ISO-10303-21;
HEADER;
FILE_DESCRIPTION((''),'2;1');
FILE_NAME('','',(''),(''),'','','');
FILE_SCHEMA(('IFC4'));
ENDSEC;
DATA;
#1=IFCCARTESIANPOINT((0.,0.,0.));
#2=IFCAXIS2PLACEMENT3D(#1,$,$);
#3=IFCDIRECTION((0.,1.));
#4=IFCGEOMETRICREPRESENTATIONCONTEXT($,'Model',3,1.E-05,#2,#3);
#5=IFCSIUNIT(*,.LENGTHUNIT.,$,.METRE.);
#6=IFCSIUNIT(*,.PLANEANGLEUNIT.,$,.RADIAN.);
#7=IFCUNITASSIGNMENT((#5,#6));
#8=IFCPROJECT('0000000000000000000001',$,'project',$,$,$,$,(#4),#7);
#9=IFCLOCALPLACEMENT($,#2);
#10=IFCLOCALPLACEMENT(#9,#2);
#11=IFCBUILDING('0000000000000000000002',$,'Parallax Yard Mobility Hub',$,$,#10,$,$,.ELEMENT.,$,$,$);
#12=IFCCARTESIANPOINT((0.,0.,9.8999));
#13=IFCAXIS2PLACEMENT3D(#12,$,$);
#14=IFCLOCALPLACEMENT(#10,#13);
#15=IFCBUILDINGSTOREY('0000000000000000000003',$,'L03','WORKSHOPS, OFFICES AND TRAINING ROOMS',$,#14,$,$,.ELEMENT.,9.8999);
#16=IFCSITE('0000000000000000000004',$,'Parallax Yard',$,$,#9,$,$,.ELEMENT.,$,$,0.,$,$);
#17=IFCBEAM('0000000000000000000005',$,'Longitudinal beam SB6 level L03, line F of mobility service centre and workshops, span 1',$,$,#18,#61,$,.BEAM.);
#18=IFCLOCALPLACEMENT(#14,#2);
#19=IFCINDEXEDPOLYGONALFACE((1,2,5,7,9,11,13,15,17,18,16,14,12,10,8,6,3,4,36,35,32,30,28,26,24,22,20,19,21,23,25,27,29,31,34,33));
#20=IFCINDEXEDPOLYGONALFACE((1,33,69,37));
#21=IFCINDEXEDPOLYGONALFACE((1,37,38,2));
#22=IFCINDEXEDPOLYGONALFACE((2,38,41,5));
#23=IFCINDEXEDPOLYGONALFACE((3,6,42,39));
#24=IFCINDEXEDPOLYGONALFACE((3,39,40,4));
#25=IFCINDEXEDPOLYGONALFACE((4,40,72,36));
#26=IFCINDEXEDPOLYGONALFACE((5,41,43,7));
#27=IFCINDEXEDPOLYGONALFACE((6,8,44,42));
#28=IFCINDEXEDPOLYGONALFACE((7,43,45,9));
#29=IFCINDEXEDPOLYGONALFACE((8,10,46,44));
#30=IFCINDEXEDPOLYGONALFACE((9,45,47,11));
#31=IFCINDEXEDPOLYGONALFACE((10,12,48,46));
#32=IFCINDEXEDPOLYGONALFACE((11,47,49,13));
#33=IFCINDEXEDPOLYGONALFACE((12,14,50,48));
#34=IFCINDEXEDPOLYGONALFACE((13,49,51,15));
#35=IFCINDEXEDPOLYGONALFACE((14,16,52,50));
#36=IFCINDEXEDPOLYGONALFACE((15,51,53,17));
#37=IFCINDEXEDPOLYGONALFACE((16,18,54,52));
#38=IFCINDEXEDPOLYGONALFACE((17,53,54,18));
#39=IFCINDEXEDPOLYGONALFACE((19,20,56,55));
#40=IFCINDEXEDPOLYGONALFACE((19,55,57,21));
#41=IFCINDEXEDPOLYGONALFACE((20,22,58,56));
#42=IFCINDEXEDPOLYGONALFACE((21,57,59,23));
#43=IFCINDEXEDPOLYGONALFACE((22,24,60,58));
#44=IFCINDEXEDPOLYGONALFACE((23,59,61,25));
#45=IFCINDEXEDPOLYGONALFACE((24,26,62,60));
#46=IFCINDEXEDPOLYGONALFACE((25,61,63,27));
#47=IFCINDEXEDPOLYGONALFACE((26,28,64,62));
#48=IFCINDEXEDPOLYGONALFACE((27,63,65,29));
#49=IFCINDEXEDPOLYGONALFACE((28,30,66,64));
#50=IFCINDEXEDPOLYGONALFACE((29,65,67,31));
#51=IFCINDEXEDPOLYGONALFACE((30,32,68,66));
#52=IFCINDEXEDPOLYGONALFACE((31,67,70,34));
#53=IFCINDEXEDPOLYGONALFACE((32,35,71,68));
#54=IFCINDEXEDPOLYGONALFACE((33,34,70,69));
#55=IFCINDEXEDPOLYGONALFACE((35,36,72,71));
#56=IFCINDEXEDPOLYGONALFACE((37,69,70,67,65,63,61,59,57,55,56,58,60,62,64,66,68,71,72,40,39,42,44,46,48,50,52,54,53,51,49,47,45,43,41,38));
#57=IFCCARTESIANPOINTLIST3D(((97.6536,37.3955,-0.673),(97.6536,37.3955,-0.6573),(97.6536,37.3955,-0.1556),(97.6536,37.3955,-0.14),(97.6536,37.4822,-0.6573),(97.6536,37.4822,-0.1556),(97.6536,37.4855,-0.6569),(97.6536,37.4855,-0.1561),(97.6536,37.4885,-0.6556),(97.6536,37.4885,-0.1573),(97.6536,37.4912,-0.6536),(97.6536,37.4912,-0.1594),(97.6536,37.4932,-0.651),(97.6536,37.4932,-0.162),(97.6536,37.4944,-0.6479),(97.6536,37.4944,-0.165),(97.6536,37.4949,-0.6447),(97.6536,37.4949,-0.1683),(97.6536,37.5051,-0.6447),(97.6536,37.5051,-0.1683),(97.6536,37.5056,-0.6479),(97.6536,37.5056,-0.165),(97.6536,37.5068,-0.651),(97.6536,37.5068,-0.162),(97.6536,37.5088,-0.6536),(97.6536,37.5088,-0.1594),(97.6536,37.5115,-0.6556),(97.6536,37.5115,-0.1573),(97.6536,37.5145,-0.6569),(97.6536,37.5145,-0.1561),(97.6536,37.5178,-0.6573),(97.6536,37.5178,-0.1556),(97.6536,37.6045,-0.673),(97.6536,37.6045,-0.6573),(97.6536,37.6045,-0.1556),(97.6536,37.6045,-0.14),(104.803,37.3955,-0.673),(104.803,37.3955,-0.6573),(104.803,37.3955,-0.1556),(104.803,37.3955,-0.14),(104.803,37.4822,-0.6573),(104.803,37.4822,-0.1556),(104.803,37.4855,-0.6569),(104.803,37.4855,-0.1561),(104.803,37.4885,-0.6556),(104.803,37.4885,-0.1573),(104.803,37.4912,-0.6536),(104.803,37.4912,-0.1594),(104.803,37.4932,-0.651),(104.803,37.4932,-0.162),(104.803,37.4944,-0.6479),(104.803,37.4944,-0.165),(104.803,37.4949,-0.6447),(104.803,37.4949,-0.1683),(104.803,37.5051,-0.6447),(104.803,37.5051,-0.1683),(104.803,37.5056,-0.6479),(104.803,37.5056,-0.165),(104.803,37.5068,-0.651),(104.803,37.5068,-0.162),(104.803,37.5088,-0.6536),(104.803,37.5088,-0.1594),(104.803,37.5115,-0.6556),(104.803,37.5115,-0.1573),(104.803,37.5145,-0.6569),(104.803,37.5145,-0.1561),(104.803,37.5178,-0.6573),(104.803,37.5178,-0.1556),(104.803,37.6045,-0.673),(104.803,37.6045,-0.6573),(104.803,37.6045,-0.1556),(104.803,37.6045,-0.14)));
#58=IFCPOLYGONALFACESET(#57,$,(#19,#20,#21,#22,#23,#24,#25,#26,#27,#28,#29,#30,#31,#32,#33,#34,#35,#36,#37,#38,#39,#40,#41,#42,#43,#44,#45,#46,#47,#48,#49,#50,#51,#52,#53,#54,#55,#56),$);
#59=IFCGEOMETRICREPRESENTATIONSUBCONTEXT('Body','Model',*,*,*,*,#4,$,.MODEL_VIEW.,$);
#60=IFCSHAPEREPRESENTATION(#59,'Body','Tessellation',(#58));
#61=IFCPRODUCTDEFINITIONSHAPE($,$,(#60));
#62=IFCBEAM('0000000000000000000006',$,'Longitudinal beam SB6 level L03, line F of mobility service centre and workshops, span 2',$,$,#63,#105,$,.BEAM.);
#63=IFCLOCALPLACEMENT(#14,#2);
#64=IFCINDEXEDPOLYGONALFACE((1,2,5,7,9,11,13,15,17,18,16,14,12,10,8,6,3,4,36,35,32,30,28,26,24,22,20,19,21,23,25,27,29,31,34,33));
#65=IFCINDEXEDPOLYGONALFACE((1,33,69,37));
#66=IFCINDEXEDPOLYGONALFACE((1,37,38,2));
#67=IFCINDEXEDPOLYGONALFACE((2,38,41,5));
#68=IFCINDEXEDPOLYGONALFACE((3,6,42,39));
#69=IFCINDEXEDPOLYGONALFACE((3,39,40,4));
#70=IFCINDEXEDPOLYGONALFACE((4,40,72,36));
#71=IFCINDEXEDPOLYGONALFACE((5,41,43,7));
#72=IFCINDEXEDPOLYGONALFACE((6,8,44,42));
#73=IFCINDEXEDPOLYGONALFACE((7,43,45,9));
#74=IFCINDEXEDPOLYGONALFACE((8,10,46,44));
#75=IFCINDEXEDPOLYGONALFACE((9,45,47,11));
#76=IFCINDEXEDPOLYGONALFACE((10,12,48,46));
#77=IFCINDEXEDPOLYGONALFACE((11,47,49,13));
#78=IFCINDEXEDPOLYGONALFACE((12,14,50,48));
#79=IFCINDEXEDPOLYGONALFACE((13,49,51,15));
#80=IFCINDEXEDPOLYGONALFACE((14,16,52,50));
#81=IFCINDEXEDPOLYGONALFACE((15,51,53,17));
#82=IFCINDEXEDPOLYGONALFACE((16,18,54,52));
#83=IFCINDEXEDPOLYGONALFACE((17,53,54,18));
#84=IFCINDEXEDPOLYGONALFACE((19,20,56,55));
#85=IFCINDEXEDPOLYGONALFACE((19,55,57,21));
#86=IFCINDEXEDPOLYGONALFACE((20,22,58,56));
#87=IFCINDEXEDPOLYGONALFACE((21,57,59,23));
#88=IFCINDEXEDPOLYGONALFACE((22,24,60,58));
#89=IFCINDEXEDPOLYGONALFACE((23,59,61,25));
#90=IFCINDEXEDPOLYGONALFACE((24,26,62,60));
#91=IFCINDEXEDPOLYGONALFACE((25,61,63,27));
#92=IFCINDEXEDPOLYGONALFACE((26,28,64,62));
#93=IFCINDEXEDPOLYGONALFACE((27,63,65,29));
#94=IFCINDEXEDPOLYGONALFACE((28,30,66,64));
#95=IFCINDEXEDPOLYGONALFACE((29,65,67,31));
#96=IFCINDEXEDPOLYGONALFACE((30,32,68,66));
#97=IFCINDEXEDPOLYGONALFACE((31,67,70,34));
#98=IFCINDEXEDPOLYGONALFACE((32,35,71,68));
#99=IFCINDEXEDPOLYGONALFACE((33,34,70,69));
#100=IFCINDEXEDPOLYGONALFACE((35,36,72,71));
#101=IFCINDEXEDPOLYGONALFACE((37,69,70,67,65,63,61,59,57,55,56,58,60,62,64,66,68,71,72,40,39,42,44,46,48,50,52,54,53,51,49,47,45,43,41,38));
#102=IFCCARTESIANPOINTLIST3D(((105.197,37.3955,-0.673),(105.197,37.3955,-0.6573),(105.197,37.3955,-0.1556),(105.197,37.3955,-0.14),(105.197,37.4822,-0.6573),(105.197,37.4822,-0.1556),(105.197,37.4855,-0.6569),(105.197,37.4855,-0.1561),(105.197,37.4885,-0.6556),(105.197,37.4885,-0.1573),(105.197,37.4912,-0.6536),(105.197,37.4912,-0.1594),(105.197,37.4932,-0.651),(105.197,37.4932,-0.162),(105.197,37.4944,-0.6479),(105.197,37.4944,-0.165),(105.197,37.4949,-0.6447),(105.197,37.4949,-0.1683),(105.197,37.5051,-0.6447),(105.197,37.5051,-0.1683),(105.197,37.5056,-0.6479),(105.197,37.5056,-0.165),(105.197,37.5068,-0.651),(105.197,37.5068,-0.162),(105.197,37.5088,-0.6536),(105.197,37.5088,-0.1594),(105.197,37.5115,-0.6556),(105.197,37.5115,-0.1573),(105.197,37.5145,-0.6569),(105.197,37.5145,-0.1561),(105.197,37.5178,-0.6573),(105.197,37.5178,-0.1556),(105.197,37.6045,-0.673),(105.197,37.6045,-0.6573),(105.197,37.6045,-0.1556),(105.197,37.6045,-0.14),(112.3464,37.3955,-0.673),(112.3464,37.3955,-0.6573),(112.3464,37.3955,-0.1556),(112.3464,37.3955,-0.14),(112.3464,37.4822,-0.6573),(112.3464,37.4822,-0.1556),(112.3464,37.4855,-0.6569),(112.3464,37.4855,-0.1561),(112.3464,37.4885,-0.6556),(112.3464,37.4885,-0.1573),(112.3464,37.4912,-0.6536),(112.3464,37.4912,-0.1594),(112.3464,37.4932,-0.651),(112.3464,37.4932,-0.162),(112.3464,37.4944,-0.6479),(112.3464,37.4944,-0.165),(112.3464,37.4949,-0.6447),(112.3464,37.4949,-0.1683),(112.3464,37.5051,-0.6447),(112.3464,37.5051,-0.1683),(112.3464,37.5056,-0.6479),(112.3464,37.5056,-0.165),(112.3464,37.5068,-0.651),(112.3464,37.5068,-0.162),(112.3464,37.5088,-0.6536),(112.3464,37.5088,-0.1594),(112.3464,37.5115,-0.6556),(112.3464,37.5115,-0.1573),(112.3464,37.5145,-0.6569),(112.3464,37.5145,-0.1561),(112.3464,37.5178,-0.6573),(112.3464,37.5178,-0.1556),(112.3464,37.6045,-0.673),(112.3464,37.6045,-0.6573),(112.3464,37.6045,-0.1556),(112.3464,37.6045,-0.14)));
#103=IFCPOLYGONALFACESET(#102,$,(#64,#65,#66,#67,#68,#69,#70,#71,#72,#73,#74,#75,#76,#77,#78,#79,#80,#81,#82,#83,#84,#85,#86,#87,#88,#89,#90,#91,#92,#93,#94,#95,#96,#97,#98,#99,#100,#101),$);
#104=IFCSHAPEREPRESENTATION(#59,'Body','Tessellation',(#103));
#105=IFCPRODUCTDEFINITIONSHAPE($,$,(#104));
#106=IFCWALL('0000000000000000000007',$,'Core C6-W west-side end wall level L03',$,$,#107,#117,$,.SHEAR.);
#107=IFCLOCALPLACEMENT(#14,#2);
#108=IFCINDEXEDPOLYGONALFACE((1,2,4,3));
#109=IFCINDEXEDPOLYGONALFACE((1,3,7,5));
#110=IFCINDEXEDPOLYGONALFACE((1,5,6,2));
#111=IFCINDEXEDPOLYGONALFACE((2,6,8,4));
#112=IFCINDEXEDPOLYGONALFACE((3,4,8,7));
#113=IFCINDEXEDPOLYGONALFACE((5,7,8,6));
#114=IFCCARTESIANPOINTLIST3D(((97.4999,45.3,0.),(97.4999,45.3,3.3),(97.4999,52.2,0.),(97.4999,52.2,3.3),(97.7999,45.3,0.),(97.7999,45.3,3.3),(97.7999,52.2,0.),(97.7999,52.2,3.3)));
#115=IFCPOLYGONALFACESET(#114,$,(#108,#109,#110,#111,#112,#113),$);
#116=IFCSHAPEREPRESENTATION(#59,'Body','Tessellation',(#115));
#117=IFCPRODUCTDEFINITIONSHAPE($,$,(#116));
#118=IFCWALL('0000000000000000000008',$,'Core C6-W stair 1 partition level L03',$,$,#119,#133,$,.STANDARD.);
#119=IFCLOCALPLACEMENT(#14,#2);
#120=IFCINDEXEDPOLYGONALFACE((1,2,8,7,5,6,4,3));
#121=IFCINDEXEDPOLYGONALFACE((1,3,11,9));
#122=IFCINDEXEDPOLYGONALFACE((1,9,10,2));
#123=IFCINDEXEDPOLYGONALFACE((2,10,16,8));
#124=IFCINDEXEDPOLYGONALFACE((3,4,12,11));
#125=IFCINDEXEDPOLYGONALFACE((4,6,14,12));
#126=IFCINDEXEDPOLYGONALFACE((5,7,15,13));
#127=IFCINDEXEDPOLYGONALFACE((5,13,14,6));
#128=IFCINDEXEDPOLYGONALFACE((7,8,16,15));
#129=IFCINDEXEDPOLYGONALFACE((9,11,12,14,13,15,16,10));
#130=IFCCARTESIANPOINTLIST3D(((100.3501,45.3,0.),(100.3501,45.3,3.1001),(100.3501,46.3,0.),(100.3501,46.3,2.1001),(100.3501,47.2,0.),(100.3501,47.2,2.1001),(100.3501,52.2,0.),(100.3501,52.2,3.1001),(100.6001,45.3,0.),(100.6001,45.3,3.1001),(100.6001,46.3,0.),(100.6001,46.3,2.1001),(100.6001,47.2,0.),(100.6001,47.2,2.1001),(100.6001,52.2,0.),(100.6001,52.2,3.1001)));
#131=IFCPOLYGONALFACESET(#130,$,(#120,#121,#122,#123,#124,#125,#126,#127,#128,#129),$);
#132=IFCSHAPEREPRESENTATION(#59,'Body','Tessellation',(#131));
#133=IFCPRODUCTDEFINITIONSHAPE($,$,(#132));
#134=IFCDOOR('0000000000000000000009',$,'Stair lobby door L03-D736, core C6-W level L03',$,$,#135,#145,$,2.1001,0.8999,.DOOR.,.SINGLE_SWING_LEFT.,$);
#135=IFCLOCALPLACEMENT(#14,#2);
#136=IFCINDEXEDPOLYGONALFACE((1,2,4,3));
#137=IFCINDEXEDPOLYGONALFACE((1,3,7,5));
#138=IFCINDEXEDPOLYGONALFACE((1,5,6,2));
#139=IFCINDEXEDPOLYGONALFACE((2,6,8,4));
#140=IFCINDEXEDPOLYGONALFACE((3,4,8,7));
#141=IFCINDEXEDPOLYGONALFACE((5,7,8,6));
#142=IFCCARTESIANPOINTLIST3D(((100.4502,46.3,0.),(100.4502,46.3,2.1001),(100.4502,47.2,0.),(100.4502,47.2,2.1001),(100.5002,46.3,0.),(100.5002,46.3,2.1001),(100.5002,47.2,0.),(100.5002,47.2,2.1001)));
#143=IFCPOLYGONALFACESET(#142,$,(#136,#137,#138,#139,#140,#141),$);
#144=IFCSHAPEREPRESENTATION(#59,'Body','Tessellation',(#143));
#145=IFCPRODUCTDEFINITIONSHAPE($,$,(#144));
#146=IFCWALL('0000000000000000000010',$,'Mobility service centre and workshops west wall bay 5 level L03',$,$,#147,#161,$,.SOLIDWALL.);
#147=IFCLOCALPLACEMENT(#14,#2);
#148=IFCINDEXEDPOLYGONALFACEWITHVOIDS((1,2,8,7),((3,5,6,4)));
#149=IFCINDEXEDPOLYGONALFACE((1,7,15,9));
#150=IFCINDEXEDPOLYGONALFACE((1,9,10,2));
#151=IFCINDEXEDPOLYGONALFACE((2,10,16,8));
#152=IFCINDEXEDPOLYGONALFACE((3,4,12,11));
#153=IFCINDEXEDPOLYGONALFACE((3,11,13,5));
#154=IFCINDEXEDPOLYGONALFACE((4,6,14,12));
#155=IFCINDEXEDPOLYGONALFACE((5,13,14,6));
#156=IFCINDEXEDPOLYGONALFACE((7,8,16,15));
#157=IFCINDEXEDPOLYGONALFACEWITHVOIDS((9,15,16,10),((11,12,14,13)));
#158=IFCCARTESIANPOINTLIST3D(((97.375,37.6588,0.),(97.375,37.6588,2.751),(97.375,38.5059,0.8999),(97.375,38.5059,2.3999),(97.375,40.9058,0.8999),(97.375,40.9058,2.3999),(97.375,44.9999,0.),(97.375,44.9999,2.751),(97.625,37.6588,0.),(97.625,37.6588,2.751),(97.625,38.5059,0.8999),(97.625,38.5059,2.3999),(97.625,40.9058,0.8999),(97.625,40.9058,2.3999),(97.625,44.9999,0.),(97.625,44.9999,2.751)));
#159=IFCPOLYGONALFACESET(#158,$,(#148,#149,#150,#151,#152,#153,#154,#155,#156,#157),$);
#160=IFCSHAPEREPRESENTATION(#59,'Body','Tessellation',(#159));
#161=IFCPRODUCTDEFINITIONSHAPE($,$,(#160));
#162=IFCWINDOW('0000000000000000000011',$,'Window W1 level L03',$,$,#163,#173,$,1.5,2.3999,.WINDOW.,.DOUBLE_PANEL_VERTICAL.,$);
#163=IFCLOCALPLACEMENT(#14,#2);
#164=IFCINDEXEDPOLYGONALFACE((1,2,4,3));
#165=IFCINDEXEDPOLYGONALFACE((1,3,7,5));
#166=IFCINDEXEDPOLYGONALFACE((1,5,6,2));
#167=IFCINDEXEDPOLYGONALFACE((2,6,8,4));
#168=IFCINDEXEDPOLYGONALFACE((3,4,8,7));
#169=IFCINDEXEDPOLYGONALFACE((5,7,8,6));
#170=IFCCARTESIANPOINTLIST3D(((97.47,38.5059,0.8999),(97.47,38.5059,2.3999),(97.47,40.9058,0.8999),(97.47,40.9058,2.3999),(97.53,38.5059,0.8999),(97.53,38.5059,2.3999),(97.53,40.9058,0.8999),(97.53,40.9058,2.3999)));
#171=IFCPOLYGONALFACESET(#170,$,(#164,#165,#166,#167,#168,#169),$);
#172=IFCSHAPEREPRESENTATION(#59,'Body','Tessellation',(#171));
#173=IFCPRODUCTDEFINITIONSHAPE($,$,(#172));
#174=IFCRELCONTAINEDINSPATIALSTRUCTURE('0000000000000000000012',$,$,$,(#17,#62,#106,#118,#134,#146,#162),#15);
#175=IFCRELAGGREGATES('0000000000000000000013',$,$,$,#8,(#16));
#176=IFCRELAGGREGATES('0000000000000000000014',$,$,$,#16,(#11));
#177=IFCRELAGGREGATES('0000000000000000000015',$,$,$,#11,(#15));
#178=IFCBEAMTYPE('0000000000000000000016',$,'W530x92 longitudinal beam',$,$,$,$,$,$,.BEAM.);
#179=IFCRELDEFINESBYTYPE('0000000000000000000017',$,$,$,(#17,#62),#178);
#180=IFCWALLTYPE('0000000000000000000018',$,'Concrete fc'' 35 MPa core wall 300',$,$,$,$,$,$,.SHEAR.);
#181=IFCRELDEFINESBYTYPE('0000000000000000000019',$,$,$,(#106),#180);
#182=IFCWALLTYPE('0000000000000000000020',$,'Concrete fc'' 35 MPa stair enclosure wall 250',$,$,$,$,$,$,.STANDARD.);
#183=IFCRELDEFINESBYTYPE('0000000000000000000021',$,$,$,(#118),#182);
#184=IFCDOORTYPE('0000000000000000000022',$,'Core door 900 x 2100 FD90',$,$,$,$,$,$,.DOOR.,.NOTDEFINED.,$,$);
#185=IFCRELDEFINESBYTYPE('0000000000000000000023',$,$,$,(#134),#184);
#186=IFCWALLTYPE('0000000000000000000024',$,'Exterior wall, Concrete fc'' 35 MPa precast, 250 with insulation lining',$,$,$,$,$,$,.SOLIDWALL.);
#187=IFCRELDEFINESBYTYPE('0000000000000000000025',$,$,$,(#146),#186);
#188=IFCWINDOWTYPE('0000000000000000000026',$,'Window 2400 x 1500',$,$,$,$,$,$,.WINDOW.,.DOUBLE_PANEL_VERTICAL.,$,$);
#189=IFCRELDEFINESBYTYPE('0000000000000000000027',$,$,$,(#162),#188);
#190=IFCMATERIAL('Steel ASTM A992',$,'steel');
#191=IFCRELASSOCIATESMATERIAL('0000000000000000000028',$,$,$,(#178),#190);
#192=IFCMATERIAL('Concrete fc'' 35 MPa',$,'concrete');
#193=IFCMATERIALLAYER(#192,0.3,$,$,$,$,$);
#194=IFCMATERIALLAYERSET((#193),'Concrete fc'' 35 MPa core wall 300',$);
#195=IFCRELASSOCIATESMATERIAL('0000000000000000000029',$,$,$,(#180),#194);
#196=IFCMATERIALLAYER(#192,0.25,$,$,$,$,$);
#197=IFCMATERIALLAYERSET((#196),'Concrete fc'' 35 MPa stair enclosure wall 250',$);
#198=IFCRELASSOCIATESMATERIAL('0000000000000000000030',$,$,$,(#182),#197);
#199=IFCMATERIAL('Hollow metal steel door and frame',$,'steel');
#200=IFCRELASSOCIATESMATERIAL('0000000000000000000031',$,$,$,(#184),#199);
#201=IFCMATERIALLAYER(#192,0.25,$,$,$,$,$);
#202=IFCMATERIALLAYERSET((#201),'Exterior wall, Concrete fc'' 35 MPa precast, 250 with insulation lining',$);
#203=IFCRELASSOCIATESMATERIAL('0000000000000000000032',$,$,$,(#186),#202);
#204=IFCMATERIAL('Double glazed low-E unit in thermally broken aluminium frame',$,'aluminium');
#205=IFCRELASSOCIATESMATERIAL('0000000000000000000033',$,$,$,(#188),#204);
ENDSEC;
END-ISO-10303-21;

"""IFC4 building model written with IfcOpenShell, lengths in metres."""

from ifc_helpers import new_model, si_unit, direction, frame, frame_2d, origin, origin_2d, place, context, subcontext, project, spatial, rectangle, i_section, extrude, material, layer, layer_set, material_profile, profile_set, type_object, element, fill, save


model = new_model("IFC4")

# Units and contexts
model_context = context("Model", 3, precision=1e-05, world=origin(), true_north=direction((0.0, 1.0)))
body_context = subcontext(model_context, "Body", "Model", "MODEL_VIEW")
ifc_project = project(units=[si_unit("LENGTHUNIT", "METRE"), si_unit("PLANEANGLEUNIT", "RADIAN")], contexts=[model_context])

# Site, building, storey
site_placement = place(None, origin())
site = spatial("IfcSite", under=ifc_project, at=site_placement, Name="Parallax Yard", CompositionType="ELEMENT", RefElevation=0.0)
building_placement = place(site_placement, origin())
building = spatial("IfcBuilding", under=site, at=building_placement, Name="Parallax Yard Mobility Hub", CompositionType="ELEMENT")
storey_placement = place(building_placement, frame((0.0, 0.0, 9.8999)))
storey = spatial("IfcBuildingStorey", under=building, at=storey_placement, Name="L03", Description="WORKSHOPS, OFFICES AND TRAINING ROOMS", CompositionType="ELEMENT", Elevation=9.8999)

# Shared definitions
ifc_material_1 = material(Name="Steel ASTM A992", Category="steel")

# Beams
ifc_material_profile_1 = material_profile(ifc_material_1, i_section(OverallWidth=0.209, OverallDepth=0.533, WebThickness=0.0103, FlangeThickness=0.0156, FilletRadius=0.0127, at=origin_2d()), Name="W530x92")
ifc_profile_set_1 = profile_set([ifc_material_profile_1], Name="Steel ASTM A992")
beam_type_1 = type_object("IfcBeamType", Name="W530x92 longitudinal beam", PredefinedType="BEAM", material=ifc_profile_set_1)
for number, where, z_axis, x_axis, name in (
    (1, (97.6536, 37.5, -0.4065), (1.0, 0.0, 0.0), (0.0, 1.0, 0.0), "Longitudinal beam SB6 level L03, line F of mobility service centre and workshops, span 1"),
    (2, (105.197, 37.5, -0.4065), (1.0, 0.0, 0.0), (0.0, 1.0, 0.0), "Longitudinal beam SB6 level L03, line F of mobility service centre and workshops, span 2"),
):
    element("IfcBeam", number, at=place(storey_placement, frame(where, z_axis=z_axis, x_axis=x_axis)), inside=storey, type_object=beam_type_1, Name=name, PredefinedType="BEAM", context=body_context, shape_type="SweptSolid", body=[
        extrude(i_section(OverallWidth=0.209, OverallDepth=0.533, WebThickness=0.0103, FlangeThickness=0.0156, FilletRadius=0.0127, at=origin_2d()), origin(), (0.0, 0.0, 1.0), 7.1494),
    ])

# Wall
ifc_material_2 = material(Name="Concrete fc' 35 MPa", Category="concrete")
ifc_layer_1 = layer(ifc_material_2, 0.3)
ifc_layer_set_1 = layer_set([ifc_layer_1], Name="Concrete fc' 35 MPa core wall 300")
wall_type_1 = type_object("IfcWallType", Name="Concrete fc' 35 MPa core wall 300", PredefinedType="SHEAR", material=ifc_layer_set_1)
wall_1_placement = place(storey_placement, frame((97.6499, 45.3, 0.0), z_axis=(0.0, 0.0, 1.0), x_axis=(0.0, 1.0, 0.0)))
element("IfcWall", 3, at=wall_1_placement, inside=storey, type_object=wall_type_1, Name="Core C6-W west-side end wall level L03", PredefinedType="SHEAR", context=body_context, shape_type="SweptSolid", body=[
    extrude(rectangle(XDim=6.8999, YDim=0.3, at=frame_2d((3.45, 0.0))), origin(), (0.0, 0.0, 1.0), 3.3),
])

# Wall, opening, door
ifc_layer_2 = layer(ifc_material_2, 0.25)
ifc_layer_set_2 = layer_set([ifc_layer_2], Name="Concrete fc' 35 MPa stair enclosure wall 250")
wall_type_2 = type_object("IfcWallType", Name="Concrete fc' 35 MPa stair enclosure wall 250", PredefinedType="STANDARD", material=ifc_layer_set_2)
wall_2_placement = place(storey_placement, frame((100.4751, 45.3, 0.0), z_axis=(0.0, 0.0, 1.0), x_axis=(0.0, 1.0, 0.0)))
wall_2 = element("IfcWall", 4, at=wall_2_placement, inside=storey, type_object=wall_type_2, Name="Core C6-W stair 1 partition level L03", PredefinedType="STANDARD", context=body_context, shape_type="SweptSolid", body=[
    extrude(rectangle(XDim=6.8999, YDim=0.25, at=frame_2d((3.45, 0.0))), origin(), (0.0, 0.0, 1.0), 3.1001),
])
opening_1_placement = place(wall_2_placement, frame((1.0, 0.0, 0.0)))
opening_1 = element("IfcOpeningElement", 5, at=opening_1_placement, cuts=wall_2, PredefinedType="OPENING", context=body_context, shape_type="SweptSolid", body=[
    extrude(rectangle(XDim=0.8999, YDim=2.1001, at=frame_2d((0.45, 1.05))), frame((0.0, 0.135, 0.0), z_axis=(0.0, -1.0, 0.0), x_axis=(1.0, 0.0, 0.0)), (0.0, 0.0, 1.0), 0.27),
])
ifc_material_3 = material(Name="Hollow metal steel door and frame", Category="steel")
door_type_1 = type_object("IfcDoorType", Name="Core door 900 x 2100 FD90", OperationType="NOTDEFINED", PredefinedType="DOOR", material=ifc_material_3)
door_1_placement = place(opening_1_placement, origin())
door_1 = element("IfcDoor", 6, at=door_1_placement, inside=storey, type_object=door_type_1, Name="Stair lobby door L03-D736, core C6-W level L03", OperationType="SINGLE_SWING_LEFT", OverallHeight=2.1001, OverallWidth=0.8999, PredefinedType="DOOR", context=body_context, shape_type="SweptSolid", body=[
    extrude(rectangle(XDim=0.8999, YDim=2.1001, at=frame_2d((0.45, 1.05))), frame((0.0, 0.0249, 0.0), z_axis=(0.0, -1.0, 0.0), x_axis=(1.0, 0.0, 0.0)), (0.0, 0.0, 1.0), 0.05),
])
fill(opening_1, door_1)

# Wall, opening, window
ifc_layer_3 = layer(ifc_material_2, 0.25)
ifc_layer_set_3 = layer_set([ifc_layer_3], Name="Exterior wall, Concrete fc' 35 MPa precast, 250 with insulation lining")
wall_type_3 = type_object("IfcWallType", Name="Exterior wall, Concrete fc' 35 MPa precast, 250 with insulation lining", PredefinedType="SOLIDWALL", material=ifc_layer_set_3)
wall_3_placement = place(storey_placement, frame((97.5, 37.6589, 0.0), z_axis=(0.0, 0.0, 1.0), x_axis=(0.0, 1.0, 0.0)))
wall_3 = element("IfcWall", 7, at=wall_3_placement, inside=storey, type_object=wall_type_3, Name="Mobility service centre and workshops west wall bay 5 level L03", PredefinedType="SOLIDWALL", context=body_context, shape_type="SweptSolid", body=[
    extrude(rectangle(XDim=7.3411, YDim=0.25, at=frame_2d((3.6704, 0.0))), origin(), (0.0, 0.0, 1.0), 2.751),
])
opening_2_placement = place(wall_3_placement, frame((0.8469, 0.0, 0.8999)))
opening_2 = element("IfcOpeningElement", 8, at=opening_2_placement, cuts=wall_3, PredefinedType="OPENING", context=body_context, shape_type="SweptSolid", body=[
    extrude(rectangle(XDim=2.3999, YDim=1.5, at=frame_2d((1.2, 0.75))), frame((0.0, 0.135, 0.0), z_axis=(0.0, -1.0, 0.0), x_axis=(1.0, 0.0, 0.0)), (0.0, 0.0, 1.0), 0.27),
])
ifc_material_4 = material(Name="Double glazed low-E unit in thermally broken aluminium frame", Category="aluminium")
window_type = type_object("IfcWindowType", Name="Window 2400 x 1500", PartitioningType="DOUBLE_PANEL_VERTICAL", PredefinedType="WINDOW", material=ifc_material_4)
window_placement = place(opening_2_placement, origin())
window = element("IfcWindow", 9, at=window_placement, inside=storey, type_object=window_type, Name="Window W1 level L03", OverallHeight=1.5, OverallWidth=2.3999, PartitioningType="DOUBLE_PANEL_VERTICAL", PredefinedType="WINDOW", context=body_context, shape_type="SweptSolid", body=[
    extrude(rectangle(XDim=2.3999, YDim=1.5, at=frame_2d((1.2, 0.75))), frame((0.0, 0.03, 0.0), z_axis=(0.0, -1.0, 0.0), x_axis=(1.0, 0.0, 0.0)), (0.0, 0.0, 1.0), 0.0601),
])
fill(opening_2, window)

save(model, "model.ifc")
